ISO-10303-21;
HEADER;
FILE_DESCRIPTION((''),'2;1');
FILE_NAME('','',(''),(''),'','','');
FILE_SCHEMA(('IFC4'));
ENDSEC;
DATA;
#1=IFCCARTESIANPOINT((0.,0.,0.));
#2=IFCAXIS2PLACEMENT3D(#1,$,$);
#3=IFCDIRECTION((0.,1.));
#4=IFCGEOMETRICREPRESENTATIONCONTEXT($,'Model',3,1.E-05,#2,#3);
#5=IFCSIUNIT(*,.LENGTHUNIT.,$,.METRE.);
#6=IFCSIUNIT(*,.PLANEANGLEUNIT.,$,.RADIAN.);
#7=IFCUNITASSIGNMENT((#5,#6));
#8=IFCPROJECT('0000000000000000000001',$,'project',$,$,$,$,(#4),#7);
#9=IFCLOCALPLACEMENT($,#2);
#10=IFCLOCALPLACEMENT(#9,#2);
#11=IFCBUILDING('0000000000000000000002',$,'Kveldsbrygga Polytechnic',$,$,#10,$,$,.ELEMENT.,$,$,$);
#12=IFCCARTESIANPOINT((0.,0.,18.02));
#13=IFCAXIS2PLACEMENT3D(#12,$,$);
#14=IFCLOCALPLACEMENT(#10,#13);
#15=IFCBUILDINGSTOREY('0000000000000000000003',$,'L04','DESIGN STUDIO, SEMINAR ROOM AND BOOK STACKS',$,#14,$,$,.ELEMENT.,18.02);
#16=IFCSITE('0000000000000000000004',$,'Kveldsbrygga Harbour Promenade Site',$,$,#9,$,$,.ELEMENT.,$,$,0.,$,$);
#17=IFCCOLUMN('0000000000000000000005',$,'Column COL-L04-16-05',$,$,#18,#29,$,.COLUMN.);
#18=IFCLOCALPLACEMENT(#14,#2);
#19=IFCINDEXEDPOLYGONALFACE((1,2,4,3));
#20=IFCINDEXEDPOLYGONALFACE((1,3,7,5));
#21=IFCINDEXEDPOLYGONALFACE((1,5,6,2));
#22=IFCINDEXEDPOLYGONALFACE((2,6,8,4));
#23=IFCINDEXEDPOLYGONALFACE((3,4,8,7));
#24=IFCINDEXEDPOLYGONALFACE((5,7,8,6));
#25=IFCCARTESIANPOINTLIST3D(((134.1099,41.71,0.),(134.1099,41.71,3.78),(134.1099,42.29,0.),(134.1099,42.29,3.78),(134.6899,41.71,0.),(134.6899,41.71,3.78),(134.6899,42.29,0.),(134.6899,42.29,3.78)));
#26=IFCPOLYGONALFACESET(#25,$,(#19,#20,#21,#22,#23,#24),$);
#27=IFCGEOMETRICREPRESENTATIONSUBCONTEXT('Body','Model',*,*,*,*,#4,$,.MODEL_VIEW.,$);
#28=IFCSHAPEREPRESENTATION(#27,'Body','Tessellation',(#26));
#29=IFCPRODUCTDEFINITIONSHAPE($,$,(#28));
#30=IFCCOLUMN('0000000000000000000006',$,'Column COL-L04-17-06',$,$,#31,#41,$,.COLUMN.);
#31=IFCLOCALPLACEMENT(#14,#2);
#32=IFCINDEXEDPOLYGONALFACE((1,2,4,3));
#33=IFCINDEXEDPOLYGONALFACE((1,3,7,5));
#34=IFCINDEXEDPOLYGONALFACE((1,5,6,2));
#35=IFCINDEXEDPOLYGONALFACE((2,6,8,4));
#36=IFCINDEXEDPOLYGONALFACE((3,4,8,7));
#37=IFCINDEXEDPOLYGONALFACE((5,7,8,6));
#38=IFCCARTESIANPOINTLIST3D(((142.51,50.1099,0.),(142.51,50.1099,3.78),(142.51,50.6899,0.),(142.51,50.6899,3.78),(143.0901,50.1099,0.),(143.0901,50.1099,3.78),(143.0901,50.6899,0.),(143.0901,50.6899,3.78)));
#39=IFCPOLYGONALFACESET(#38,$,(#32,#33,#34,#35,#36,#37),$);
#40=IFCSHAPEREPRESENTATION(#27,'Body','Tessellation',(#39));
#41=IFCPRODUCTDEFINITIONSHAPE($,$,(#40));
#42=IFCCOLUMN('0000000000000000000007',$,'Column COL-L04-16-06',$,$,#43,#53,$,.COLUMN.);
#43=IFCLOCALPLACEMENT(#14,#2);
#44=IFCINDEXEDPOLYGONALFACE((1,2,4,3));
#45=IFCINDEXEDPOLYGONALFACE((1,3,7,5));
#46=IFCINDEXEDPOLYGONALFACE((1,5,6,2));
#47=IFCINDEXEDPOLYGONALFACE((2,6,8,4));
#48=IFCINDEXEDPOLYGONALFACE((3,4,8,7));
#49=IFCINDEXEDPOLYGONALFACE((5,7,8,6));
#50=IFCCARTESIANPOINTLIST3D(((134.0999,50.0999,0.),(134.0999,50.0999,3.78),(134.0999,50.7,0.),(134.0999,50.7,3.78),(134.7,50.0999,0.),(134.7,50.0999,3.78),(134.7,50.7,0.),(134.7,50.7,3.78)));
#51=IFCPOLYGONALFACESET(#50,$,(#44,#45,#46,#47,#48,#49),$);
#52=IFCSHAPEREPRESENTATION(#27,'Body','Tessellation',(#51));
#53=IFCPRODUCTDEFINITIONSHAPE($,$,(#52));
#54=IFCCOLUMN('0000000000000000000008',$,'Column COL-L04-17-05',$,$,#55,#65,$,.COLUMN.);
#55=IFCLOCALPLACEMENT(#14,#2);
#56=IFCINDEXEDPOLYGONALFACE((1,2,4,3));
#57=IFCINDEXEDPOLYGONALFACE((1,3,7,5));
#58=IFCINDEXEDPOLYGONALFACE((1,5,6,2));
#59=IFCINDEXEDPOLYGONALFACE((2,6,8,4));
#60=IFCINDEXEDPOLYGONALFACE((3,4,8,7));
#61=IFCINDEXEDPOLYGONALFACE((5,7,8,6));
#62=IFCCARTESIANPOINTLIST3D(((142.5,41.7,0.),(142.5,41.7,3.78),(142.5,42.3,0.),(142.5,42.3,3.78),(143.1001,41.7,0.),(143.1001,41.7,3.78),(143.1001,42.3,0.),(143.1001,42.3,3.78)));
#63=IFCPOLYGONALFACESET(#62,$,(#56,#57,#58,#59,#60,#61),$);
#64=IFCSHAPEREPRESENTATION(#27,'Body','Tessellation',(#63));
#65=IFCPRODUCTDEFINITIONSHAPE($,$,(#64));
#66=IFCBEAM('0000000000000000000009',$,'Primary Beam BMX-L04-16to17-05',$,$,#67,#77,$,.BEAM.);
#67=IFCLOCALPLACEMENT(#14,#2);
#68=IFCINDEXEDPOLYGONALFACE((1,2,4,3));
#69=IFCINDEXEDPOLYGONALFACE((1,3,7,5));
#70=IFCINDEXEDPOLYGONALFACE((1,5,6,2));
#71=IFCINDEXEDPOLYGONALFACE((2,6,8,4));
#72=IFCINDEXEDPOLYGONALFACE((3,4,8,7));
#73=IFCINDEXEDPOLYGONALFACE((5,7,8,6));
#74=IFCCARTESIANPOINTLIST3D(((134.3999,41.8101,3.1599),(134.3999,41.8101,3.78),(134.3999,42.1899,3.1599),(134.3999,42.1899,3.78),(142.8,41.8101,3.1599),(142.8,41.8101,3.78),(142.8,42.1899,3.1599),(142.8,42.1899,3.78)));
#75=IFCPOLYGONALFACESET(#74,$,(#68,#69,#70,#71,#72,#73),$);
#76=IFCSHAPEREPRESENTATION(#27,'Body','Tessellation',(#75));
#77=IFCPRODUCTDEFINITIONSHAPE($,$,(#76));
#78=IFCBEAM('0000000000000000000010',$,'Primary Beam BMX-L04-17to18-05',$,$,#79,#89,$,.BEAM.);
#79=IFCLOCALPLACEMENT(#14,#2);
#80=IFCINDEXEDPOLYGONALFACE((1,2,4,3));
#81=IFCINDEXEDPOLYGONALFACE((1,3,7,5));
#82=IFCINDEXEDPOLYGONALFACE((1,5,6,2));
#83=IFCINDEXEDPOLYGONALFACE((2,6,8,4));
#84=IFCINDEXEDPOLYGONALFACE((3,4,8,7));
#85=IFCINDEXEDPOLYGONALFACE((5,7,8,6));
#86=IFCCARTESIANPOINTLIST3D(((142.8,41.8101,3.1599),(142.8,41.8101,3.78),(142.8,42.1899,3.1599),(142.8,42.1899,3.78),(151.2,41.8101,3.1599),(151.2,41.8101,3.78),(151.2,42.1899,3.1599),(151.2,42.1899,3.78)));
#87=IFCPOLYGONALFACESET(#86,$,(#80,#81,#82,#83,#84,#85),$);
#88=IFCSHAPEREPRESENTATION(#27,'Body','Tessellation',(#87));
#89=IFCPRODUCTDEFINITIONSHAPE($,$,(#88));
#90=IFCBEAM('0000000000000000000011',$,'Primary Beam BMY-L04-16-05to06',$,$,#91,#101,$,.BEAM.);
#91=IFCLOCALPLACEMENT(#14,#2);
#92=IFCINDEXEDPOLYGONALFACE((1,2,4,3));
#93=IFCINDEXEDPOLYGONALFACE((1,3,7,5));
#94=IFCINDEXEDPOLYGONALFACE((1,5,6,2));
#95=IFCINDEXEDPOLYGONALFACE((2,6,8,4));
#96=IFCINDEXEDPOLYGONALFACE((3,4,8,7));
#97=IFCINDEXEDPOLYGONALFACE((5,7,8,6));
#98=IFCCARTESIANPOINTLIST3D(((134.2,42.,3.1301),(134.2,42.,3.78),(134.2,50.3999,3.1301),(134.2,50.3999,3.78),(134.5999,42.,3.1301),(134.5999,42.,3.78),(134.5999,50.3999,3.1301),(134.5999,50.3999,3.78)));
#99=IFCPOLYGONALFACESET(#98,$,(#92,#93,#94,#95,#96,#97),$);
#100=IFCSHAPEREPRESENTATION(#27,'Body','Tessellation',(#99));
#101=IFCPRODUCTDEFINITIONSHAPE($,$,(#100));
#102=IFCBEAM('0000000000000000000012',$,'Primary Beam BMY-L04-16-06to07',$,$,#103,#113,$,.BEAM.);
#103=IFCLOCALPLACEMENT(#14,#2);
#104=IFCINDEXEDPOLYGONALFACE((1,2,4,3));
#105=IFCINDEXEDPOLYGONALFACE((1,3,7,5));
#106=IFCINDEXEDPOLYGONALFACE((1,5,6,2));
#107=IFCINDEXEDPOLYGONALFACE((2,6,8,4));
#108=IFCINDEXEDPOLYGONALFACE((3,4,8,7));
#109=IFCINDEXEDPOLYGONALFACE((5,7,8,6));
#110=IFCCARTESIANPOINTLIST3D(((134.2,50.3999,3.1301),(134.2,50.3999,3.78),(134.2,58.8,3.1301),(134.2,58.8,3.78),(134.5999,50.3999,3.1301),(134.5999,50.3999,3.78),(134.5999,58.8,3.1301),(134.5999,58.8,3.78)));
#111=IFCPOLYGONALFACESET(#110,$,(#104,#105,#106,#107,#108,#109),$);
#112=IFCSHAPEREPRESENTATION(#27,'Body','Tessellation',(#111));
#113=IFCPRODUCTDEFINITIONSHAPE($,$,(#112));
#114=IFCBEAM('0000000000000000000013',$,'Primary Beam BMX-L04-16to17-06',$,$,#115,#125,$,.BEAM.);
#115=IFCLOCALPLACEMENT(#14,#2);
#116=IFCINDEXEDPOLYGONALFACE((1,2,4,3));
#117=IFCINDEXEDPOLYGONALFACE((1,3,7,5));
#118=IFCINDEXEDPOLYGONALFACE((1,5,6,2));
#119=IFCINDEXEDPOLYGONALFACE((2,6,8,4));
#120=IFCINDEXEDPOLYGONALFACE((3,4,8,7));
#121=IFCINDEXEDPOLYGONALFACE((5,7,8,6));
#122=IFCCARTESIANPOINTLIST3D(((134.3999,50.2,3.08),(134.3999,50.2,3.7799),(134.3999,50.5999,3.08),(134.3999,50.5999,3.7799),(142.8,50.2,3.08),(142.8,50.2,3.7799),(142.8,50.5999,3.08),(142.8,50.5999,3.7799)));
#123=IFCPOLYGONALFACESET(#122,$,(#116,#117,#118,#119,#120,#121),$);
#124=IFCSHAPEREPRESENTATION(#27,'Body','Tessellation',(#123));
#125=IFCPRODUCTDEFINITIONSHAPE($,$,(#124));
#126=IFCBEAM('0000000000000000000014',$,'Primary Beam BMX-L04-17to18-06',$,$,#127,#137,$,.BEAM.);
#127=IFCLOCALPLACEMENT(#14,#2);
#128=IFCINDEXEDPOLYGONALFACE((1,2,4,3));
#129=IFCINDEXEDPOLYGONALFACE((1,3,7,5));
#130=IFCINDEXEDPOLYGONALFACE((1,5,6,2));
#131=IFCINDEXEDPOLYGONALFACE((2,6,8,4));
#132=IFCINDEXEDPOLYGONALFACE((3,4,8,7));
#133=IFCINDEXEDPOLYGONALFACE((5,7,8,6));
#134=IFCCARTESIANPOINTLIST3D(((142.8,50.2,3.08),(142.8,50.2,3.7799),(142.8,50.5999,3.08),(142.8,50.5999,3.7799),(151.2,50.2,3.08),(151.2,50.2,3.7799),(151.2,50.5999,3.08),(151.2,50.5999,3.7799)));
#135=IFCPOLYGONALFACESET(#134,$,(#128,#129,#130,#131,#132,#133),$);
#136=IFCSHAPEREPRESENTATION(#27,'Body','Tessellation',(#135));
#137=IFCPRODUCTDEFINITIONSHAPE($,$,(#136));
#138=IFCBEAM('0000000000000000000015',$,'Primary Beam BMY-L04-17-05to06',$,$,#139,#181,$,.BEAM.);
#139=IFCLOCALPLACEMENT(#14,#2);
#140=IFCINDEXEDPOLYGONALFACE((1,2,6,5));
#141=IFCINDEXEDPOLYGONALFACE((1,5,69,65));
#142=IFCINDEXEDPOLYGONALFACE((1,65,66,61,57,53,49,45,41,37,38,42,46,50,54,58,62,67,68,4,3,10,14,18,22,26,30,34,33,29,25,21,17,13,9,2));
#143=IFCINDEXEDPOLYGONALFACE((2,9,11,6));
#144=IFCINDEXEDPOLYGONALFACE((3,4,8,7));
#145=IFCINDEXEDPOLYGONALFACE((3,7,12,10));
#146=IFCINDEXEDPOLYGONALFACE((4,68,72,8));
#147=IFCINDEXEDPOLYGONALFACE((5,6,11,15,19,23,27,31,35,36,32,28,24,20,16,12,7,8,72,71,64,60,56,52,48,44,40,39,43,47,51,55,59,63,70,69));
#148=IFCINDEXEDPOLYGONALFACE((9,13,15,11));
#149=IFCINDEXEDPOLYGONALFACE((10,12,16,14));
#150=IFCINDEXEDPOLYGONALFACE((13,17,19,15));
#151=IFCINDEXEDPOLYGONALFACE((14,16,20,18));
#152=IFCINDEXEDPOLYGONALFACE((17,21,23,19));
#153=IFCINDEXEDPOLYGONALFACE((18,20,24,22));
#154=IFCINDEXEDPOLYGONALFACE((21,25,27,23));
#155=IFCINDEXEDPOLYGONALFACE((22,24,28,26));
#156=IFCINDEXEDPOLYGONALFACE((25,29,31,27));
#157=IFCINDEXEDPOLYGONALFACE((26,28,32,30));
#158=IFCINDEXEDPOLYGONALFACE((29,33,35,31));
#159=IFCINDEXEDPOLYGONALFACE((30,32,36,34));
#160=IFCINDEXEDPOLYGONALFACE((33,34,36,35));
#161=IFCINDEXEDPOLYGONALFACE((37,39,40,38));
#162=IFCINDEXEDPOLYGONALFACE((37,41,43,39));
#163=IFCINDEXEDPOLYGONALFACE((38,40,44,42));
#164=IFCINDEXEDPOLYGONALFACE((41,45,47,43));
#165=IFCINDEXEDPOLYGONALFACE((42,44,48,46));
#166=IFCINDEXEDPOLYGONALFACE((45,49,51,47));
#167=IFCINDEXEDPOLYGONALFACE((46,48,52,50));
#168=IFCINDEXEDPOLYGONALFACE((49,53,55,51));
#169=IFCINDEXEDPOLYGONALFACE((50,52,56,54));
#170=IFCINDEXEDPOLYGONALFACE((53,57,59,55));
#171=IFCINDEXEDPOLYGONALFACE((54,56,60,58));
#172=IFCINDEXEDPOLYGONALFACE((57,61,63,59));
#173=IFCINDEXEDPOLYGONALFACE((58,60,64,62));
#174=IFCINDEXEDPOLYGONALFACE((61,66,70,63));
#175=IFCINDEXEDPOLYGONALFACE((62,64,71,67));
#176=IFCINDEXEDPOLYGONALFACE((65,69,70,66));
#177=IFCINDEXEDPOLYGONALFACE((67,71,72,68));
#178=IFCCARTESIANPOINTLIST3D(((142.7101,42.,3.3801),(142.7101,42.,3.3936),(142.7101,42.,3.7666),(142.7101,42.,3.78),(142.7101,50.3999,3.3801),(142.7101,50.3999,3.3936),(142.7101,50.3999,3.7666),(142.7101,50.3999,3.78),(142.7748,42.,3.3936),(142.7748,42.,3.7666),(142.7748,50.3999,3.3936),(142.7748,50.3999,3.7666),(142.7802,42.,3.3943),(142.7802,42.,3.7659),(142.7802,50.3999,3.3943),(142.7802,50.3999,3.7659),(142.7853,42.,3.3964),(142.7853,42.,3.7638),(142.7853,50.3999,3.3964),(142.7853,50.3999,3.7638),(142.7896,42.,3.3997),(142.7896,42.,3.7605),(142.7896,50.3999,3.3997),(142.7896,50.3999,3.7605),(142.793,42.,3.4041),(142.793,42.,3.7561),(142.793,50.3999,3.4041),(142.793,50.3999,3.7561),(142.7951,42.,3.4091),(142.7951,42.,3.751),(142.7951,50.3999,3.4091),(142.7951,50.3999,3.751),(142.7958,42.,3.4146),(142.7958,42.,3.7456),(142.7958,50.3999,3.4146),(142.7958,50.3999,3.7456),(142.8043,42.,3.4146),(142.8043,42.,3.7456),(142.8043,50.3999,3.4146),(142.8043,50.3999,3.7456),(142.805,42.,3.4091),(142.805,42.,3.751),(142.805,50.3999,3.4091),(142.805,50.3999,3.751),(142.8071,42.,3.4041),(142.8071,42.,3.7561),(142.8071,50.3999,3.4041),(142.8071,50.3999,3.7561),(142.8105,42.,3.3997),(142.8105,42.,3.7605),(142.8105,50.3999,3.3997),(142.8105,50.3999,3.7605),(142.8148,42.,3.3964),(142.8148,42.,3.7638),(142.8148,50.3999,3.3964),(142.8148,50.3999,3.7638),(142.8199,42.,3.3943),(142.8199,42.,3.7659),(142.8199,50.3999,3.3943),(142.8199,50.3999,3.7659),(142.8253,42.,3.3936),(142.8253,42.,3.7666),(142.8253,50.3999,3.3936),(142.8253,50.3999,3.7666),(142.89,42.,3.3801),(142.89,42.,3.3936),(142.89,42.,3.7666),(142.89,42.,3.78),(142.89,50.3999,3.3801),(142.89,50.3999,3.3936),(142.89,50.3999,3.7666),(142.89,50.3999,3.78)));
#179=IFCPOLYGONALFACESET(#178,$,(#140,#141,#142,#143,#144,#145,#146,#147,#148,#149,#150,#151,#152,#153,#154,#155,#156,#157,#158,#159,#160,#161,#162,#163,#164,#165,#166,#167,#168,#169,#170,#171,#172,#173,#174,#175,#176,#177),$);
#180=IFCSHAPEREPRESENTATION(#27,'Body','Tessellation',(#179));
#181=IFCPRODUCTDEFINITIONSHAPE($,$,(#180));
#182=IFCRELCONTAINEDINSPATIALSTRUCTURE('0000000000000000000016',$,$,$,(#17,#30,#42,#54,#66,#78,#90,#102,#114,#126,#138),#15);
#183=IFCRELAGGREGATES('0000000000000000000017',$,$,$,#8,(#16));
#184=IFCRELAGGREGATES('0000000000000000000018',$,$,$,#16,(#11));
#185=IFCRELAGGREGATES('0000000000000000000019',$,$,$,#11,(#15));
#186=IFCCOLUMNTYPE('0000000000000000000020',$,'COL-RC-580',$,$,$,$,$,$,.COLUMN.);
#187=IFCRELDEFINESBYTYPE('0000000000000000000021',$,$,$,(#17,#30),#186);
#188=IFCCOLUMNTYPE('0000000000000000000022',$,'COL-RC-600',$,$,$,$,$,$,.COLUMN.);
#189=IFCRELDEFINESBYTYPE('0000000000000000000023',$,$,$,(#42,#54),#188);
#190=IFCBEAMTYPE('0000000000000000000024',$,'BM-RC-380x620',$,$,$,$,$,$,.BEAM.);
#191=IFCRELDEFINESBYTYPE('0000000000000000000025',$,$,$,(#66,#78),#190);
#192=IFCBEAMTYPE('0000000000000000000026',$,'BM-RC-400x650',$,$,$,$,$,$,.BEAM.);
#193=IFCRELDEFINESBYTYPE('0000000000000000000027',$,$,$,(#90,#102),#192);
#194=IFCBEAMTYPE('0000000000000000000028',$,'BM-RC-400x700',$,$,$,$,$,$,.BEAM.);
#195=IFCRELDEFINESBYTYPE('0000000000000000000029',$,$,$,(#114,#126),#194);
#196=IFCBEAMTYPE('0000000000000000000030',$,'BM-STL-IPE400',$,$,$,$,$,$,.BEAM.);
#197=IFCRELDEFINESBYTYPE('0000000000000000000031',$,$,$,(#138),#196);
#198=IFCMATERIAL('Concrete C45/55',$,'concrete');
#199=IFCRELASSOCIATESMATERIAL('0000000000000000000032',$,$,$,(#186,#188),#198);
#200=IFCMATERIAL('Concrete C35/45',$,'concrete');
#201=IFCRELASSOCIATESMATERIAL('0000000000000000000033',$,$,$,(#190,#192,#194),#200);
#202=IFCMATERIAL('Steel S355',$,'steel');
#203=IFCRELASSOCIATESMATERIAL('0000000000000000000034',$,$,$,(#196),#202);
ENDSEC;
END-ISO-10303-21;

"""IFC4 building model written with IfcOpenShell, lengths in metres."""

from ifc_helpers import new_model, si_unit, direction, frame, origin, origin_2d, place, context, subcontext, project, spatial, rectangle, i_section, extrude, material, material_profile, profile_set, type_object, element, save


model = new_model("IFC4")

# Units and contexts
model_context = context("Model", 3, precision=1e-05, world=origin(), true_north=direction((0.0, 1.0)))
body_context = subcontext(model_context, "Body", "Model", "MODEL_VIEW")
ifc_project = project(units=[si_unit("LENGTHUNIT", "METRE"), si_unit("PLANEANGLEUNIT", "RADIAN")], contexts=[model_context])

# Site, building, storey
site_placement = place(None, origin())
site = spatial("IfcSite", under=ifc_project, at=site_placement, Name="Kveldsbrygga Harbour Promenade Site", CompositionType="ELEMENT", RefElevation=0.0)
building_placement = place(site_placement, origin())
building = spatial("IfcBuilding", under=site, at=building_placement, Name="Kveldsbrygga Polytechnic", CompositionType="ELEMENT")
storey_placement = place(building_placement, frame((0.0, 0.0, 18.02)))
storey = spatial("IfcBuildingStorey", under=building, at=storey_placement, Name="L04", Description="DESIGN STUDIO, SEMINAR ROOM AND BOOK STACKS", CompositionType="ELEMENT", Elevation=18.02)

# Columns
ifc_material_1 = material(Name="Concrete C45/55", Category="concrete")
ifc_material_profile_1 = material_profile(ifc_material_1, rectangle(XDim=0.5801, YDim=0.5801, at=origin_2d()), Name="RC 580x580")
ifc_profile_set_1 = profile_set([ifc_material_profile_1], Name="Concrete C45/55")
column_type_1 = type_object("IfcColumnType", Name="COL-RC-580", PredefinedType="COLUMN", material=ifc_profile_set_1)
for number, where, z_axis, x_axis, name in (
    (1, (134.3999, 42.0, 0.0), (0.0, 0.0, 1.0), (1.0, 0.0, 0.0), "Column COL-L04-16-05"),
    (2, (142.8, 50.3999, 0.0), (0.0, 0.0, 1.0), (1.0, 0.0, 0.0), "Column COL-L04-17-06"),
):
    element("IfcColumn", number, at=place(storey_placement, frame(where, z_axis=z_axis, x_axis=x_axis)), inside=storey, type_object=column_type_1, Name=name, PredefinedType="COLUMN", context=body_context, shape_type="SweptSolid", body=[
        extrude(rectangle(XDim=0.5801, YDim=0.5801, at=origin_2d()), origin(), (0.0, 0.0, 1.0), 3.78),
    ])
ifc_material_profile_2 = material_profile(ifc_material_1, rectangle(XDim=0.6001, YDim=0.6001, at=origin_2d()), Name="RC 600x600")
ifc_profile_set_2 = profile_set([ifc_material_profile_2], Name="Concrete C45/55")
column_type_2 = type_object("IfcColumnType", Name="COL-RC-600", PredefinedType="COLUMN", material=ifc_profile_set_2)
for number, where, z_axis, x_axis, name in (
    (3, (134.3999, 50.3999, 0.0), (0.0, 0.0, 1.0), (1.0, 0.0, 0.0), "Column COL-L04-16-06"),
    (4, (142.8, 42.0, 0.0), (0.0, 0.0, 1.0), (1.0, 0.0, 0.0), "Column COL-L04-17-05"),
):
    element("IfcColumn", number, at=place(storey_placement, frame(where, z_axis=z_axis, x_axis=x_axis)), inside=storey, type_object=column_type_2, Name=name, PredefinedType="COLUMN", context=body_context, shape_type="SweptSolid", body=[
        extrude(rectangle(XDim=0.6001, YDim=0.6001, at=origin_2d()), origin(), (0.0, 0.0, 1.0), 3.78),
    ])

# Beams
ifc_material_2 = material(Name="Concrete C35/45", Category="concrete")
ifc_material_profile_3 = material_profile(ifc_material_2, rectangle(XDim=0.3799, YDim=0.6201, at=origin_2d()), Name="RC 380x620")
ifc_profile_set_3 = profile_set([ifc_material_profile_3], Name="Concrete C35/45")
beam_type_1 = type_object("IfcBeamType", Name="BM-RC-380x620", PredefinedType="BEAM", material=ifc_profile_set_3)
beam_1_placement = place(storey_placement, frame((134.3999, 42.0, 3.47), z_axis=(1.0, 0.0, 0.0), x_axis=(0.0, 1.0, 0.0)))
element("IfcBeam", 5, at=beam_1_placement, inside=storey, type_object=beam_type_1, Name="Primary Beam BMX-L04-16to17-05", PredefinedType="BEAM", context=body_context, shape_type="SweptSolid", body=[
    extrude(rectangle(XDim=0.3799, YDim=0.6201, at=origin_2d()), origin(), (0.0, 0.0, 1.0), 8.4001),
])
beam_2_placement = place(storey_placement, frame((142.8, 42.0, 3.47), z_axis=(1.0, 0.0, 0.0), x_axis=(0.0, 1.0, 0.0)))
element("IfcBeam", 6, at=beam_2_placement, inside=storey, type_object=beam_type_1, Name="Primary Beam BMX-L04-17to18-05", PredefinedType="BEAM", context=body_context, shape_type="SweptSolid", body=[
    extrude(rectangle(XDim=0.3799, YDim=0.6201, at=origin_2d()), origin(), (0.0, 0.0, 1.0), 8.3999),
])
ifc_material_profile_4 = material_profile(ifc_material_2, rectangle(XDim=0.3999, YDim=0.6499, at=origin_2d()), Name="RC 400x650")
ifc_profile_set_4 = profile_set([ifc_material_profile_4], Name="Concrete C35/45")
beam_type_2 = type_object("IfcBeamType", Name="BM-RC-400x650", PredefinedType="BEAM", material=ifc_profile_set_4)
beam_3_placement = place(storey_placement, frame((134.3999, 42.0, 3.4551), z_axis=(0.0, 1.0, 0.0), x_axis=(-1.0, 0.0, 0.0)))
element("IfcBeam", 7, at=beam_3_placement, inside=storey, type_object=beam_type_2, Name="Primary Beam BMY-L04-16-05to06", PredefinedType="BEAM", context=body_context, shape_type="SweptSolid", body=[
    extrude(rectangle(XDim=0.3999, YDim=0.6499, at=origin_2d()), origin(), (0.0, 0.0, 1.0), 8.3999),
])
beam_4_placement = place(storey_placement, frame((134.3999, 50.3999, 3.4551), z_axis=(0.0, 1.0, 0.0), x_axis=(-1.0, 0.0, 0.0)))
element("IfcBeam", 8, at=beam_4_placement, inside=storey, type_object=beam_type_2, Name="Primary Beam BMY-L04-16-06to07", PredefinedType="BEAM", context=body_context, shape_type="SweptSolid", body=[
    extrude(rectangle(XDim=0.3999, YDim=0.6499, at=origin_2d()), origin(), (0.0, 0.0, 1.0), 8.4001),
])
ifc_material_profile_5 = material_profile(ifc_material_2, rectangle(XDim=0.3999, YDim=0.7, at=origin_2d()), Name="RC 400x700")
ifc_profile_set_5 = profile_set([ifc_material_profile_5], Name="Concrete C35/45")
beam_type_3 = type_object("IfcBeamType", Name="BM-RC-400x700", PredefinedType="BEAM", material=ifc_profile_set_5)
beam_5_placement = place(storey_placement, frame((134.3999, 50.3999, 3.4299), z_axis=(1.0, 0.0, 0.0), x_axis=(0.0, 1.0, 0.0)))
element("IfcBeam", 9, at=beam_5_placement, inside=storey, type_object=beam_type_3, Name="Primary Beam BMX-L04-16to17-06", PredefinedType="BEAM", context=body_context, shape_type="SweptSolid", body=[
    extrude(rectangle(XDim=0.3999, YDim=0.7, at=origin_2d()), origin(), (0.0, 0.0, 1.0), 8.4001),
])
beam_6_placement = place(storey_placement, frame((142.8, 50.3999, 3.4299), z_axis=(1.0, 0.0, 0.0), x_axis=(0.0, 1.0, 0.0)))
element("IfcBeam", 10, at=beam_6_placement, inside=storey, type_object=beam_type_3, Name="Primary Beam BMX-L04-17to18-06", PredefinedType="BEAM", context=body_context, shape_type="SweptSolid", body=[
    extrude(rectangle(XDim=0.3999, YDim=0.7, at=origin_2d()), origin(), (0.0, 0.0, 1.0), 8.3999),
])
ifc_material_3 = material(Name="Steel S355", Category="steel")
ifc_material_profile_6 = material_profile(ifc_material_3, i_section(OverallWidth=0.1799, OverallDepth=0.3999, WebThickness=0.0085, FlangeThickness=0.0134, FilletRadius=0.021, at=origin_2d()), Name="IPE 400")
ifc_profile_set_6 = profile_set([ifc_material_profile_6], Name="Steel S355")
beam_type_4 = type_object("IfcBeamType", Name="BM-STL-IPE400", PredefinedType="BEAM", material=ifc_profile_set_6)
beam_7_placement = place(storey_placement, frame((142.8, 42.0, 3.5801), z_axis=(0.0, 1.0, 0.0), x_axis=(-1.0, 0.0, 0.0)))
element("IfcBeam", 11, at=beam_7_placement, inside=storey, type_object=beam_type_4, Name="Primary Beam BMY-L04-17-05to06", PredefinedType="BEAM", context=body_context, shape_type="SweptSolid", body=[
    extrude(i_section(OverallWidth=0.1799, OverallDepth=0.3999, WebThickness=0.0085, FlangeThickness=0.0134, FilletRadius=0.021, at=origin_2d()), origin(), (0.0, 0.0, 1.0), 8.3999),
])

save(model, "model.ifc")
